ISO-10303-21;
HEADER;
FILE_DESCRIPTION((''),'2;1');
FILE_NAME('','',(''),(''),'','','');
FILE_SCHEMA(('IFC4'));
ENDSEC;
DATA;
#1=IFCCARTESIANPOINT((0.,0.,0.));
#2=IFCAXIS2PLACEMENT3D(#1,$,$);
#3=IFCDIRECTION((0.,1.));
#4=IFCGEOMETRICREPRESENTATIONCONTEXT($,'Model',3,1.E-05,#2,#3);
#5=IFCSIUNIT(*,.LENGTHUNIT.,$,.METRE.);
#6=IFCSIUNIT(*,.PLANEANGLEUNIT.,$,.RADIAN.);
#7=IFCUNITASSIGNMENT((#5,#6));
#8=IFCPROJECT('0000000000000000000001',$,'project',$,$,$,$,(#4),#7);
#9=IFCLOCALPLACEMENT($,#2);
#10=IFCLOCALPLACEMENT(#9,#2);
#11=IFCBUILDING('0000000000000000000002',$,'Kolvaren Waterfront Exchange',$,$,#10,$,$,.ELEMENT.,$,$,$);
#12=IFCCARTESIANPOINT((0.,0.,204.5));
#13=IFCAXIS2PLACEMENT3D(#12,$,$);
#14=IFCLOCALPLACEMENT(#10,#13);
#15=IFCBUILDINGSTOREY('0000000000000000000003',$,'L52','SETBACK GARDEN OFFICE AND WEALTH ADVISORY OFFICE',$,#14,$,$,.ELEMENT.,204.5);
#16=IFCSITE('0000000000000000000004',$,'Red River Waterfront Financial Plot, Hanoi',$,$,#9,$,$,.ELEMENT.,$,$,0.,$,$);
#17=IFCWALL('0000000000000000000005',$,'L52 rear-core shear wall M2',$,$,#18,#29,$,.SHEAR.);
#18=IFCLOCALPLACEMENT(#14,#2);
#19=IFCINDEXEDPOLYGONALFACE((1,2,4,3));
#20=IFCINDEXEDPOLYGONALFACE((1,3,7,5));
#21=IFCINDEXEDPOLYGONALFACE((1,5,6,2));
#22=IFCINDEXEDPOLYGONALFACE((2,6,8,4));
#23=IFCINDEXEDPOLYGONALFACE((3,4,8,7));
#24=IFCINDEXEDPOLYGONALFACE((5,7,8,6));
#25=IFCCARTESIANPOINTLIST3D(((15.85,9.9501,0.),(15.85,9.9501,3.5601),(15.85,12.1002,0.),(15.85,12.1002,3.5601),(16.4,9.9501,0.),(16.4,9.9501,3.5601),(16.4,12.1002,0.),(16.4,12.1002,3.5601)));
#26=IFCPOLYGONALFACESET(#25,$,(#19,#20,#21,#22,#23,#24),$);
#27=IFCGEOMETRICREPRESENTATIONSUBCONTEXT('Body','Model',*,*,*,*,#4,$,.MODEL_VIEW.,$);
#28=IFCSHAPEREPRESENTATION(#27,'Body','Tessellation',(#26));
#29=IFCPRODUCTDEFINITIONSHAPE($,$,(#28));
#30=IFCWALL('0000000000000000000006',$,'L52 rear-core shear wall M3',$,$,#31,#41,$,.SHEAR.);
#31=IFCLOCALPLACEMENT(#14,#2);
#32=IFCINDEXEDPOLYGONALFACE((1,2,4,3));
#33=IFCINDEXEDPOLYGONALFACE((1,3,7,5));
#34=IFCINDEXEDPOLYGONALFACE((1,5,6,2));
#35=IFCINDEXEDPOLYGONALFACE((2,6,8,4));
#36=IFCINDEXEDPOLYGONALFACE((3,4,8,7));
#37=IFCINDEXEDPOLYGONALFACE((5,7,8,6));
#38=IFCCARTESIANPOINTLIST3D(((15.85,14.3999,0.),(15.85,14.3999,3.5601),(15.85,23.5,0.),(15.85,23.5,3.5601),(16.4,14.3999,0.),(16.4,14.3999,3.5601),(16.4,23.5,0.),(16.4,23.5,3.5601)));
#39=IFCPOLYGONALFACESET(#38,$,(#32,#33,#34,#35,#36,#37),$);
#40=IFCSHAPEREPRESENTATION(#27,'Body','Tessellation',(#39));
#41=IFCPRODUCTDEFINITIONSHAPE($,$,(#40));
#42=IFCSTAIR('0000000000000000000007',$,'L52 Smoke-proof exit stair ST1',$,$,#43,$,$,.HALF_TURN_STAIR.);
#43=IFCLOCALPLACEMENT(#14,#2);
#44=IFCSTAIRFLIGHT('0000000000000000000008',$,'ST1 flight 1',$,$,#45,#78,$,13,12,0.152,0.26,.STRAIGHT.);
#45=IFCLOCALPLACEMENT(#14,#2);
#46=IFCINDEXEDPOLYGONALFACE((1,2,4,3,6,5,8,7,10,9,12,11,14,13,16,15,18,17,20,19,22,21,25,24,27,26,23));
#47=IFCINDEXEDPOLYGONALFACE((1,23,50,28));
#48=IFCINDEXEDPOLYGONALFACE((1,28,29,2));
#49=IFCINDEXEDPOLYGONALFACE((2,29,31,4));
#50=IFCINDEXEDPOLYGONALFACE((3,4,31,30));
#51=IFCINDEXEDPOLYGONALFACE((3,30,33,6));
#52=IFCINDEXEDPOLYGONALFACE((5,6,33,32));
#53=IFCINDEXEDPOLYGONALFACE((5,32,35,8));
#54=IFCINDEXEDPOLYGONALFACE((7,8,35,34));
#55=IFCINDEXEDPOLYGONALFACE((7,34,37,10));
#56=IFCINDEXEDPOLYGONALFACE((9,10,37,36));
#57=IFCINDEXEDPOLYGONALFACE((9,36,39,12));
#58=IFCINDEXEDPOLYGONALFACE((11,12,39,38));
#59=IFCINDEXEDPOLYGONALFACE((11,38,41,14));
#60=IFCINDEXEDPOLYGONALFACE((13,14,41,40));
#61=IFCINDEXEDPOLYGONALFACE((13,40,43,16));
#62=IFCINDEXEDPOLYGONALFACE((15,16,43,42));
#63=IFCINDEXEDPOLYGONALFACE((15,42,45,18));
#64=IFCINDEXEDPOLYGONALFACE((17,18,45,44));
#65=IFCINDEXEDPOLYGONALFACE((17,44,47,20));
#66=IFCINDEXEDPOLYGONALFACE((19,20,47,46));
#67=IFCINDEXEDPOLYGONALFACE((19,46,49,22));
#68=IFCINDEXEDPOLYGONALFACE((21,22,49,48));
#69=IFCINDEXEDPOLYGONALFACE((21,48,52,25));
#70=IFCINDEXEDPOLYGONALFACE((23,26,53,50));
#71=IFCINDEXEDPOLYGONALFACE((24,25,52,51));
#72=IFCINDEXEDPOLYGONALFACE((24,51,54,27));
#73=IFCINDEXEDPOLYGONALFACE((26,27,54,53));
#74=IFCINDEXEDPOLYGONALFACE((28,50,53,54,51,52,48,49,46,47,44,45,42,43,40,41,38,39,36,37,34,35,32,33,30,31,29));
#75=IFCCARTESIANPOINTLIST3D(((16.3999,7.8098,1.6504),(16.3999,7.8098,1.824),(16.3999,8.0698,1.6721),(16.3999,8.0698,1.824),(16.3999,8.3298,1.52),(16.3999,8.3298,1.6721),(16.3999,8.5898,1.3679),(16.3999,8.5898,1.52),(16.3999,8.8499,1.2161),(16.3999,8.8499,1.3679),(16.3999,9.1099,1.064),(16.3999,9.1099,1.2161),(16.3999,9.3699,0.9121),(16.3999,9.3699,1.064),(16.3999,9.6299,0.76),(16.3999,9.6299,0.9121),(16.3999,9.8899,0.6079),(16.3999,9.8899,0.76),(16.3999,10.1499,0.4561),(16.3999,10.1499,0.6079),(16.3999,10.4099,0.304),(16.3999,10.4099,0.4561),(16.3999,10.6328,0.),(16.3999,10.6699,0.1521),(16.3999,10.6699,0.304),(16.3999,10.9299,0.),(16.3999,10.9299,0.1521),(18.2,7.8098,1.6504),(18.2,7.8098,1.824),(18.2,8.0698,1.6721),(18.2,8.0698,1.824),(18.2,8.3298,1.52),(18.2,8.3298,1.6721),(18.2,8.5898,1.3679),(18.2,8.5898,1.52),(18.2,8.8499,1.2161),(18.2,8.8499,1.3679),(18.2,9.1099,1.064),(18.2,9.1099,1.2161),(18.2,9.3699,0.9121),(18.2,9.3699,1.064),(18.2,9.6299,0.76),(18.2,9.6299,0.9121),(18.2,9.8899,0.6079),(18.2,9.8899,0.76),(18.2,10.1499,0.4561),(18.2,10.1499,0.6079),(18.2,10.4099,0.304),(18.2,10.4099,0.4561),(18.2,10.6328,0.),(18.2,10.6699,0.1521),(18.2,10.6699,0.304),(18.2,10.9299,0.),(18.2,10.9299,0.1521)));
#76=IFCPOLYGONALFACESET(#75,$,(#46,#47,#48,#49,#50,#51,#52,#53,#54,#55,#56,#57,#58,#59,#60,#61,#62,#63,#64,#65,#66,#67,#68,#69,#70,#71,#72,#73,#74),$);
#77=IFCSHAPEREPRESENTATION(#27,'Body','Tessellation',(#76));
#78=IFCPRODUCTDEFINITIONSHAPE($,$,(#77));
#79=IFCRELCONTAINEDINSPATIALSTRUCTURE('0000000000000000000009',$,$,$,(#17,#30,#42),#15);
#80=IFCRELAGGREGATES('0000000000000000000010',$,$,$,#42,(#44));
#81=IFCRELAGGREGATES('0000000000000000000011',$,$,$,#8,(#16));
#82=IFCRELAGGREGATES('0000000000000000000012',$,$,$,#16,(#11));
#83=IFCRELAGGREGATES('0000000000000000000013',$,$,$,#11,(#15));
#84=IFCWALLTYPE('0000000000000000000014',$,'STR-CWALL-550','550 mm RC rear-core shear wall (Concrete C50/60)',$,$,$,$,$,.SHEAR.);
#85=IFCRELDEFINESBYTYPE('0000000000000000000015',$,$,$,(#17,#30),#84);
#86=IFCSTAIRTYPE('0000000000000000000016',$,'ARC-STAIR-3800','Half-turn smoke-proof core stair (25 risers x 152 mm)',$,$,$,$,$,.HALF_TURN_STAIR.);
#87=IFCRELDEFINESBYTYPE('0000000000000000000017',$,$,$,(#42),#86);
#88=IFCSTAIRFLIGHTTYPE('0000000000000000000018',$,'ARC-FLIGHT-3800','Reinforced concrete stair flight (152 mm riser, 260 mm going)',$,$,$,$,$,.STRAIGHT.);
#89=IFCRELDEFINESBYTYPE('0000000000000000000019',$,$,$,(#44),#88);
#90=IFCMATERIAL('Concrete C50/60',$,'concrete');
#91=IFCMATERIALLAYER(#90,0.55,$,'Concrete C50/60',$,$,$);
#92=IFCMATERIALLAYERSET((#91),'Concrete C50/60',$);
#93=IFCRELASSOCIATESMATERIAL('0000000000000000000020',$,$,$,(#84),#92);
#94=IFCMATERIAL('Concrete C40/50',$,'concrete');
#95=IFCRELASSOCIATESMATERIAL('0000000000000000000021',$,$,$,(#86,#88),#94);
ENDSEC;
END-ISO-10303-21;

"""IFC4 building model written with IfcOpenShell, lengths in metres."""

from ifc_helpers import new_model, si_unit, direction, frame, frame_2d, origin, place, context, subcontext, project, spatial, polyline, rectangle, outline, extrude, material, layer, layer_set, type_object, element, aggregate, save


model = new_model("IFC4")

# Units and contexts
model_context = context("Model", 3, precision=1e-05, world=origin(), true_north=direction((0.0, 1.0)))
body_context = subcontext(model_context, "Body", "Model", "MODEL_VIEW")
ifc_project = project(units=[si_unit("LENGTHUNIT", "METRE"), si_unit("PLANEANGLEUNIT", "RADIAN")], contexts=[model_context])

# Site, building, storey
site_placement = place(None, origin())
site = spatial("IfcSite", under=ifc_project, at=site_placement, Name="Red River Waterfront Financial Plot, Hanoi", CompositionType="ELEMENT", RefElevation=0.0)
building_placement = place(site_placement, origin())
building = spatial("IfcBuilding", under=site, at=building_placement, Name="Kolvaren Waterfront Exchange", CompositionType="ELEMENT")
storey_placement = place(building_placement, frame((0.0, 0.0, 204.5)))
storey = spatial("IfcBuildingStorey", under=building, at=storey_placement, Name="L52", Description="SETBACK GARDEN OFFICE AND WEALTH ADVISORY OFFICE", CompositionType="ELEMENT", Elevation=204.5)

# Walls
ifc_material_1 = material(Name="Concrete C40/50", Category="concrete")
ifc_material_2 = material(Name="Concrete C50/60", Category="concrete")
ifc_layer_1 = layer(ifc_material_2, 0.55, Name="Concrete C50/60")
ifc_layer_set_1 = layer_set([ifc_layer_1], Name="Concrete C50/60")
wall_type_1 = type_object("IfcWallType", Name="STR-CWALL-550", Description="550 mm RC rear-core shear wall (Concrete C50/60)", PredefinedType="SHEAR", material=ifc_layer_set_1)
wall_1_placement = place(storey_placement, frame((16.125, 9.95, 0.0), z_axis=(0.0, 0.0, 1.0), x_axis=(0.0, 1.0, 0.0)))
element("IfcWall", 1, at=wall_1_placement, inside=storey, type_object=wall_type_1, Name="L52 rear-core shear wall M2", PredefinedType="SHEAR", context=body_context, shape_type="SweptSolid", body=[
    extrude(rectangle(XDim=2.1501, YDim=0.55, at=frame_2d((1.0752, 0.0))), origin(), (0.0, 0.0, 1.0), 3.5601),
])
wall_2_placement = place(storey_placement, frame((16.125, 14.3999, 0.0), z_axis=(0.0, 0.0, 1.0), x_axis=(0.0, 1.0, 0.0)))
element("IfcWall", 2, at=wall_2_placement, inside=storey, type_object=wall_type_1, Name="L52 rear-core shear wall M3", PredefinedType="SHEAR", context=body_context, shape_type="SweptSolid", body=[
    extrude(rectangle(XDim=9.1001, YDim=0.55, at=frame_2d((4.55, 0.0))), origin(), (0.0, 0.0, 1.0), 3.5601),
])

# Stair, stair flight
stair_type = type_object("IfcStairType", Name="ARC-STAIR-3800", Description="Half-turn smoke-proof core stair (25 risers x 152 mm)", PredefinedType="HALF_TURN_STAIR", material=ifc_material_1)
stair_placement = place(storey_placement, origin())
stair = element("IfcStair", 3, at=stair_placement, inside=storey, type_object=stair_type, Name="L52 Smoke-proof exit stair ST1", PredefinedType="HALF_TURN_STAIR")
stair_flight_type = type_object("IfcStairFlightType", Name="ARC-FLIGHT-3800", Description="Reinforced concrete stair flight (152 mm riser, 260 mm going)", PredefinedType="STRAIGHT", material=ifc_material_1)
stair_flight_placement = place(storey_placement, frame((17.3, 10.9299, 0.0), z_axis=(0.0, 0.0, 1.0), x_axis=(0.0, -1.0, 0.0)))
stair_flight = element("IfcStairFlight", 4, at=stair_flight_placement, type_object=stair_flight_type, Name="ST1 flight 1", NumberOfRisers=13, NumberOfTreads=12, PredefinedType="STRAIGHT", RiserHeight=0.152, TreadLength=0.26, context=body_context, shape_type="SweptSolid", body=[
    extrude(outline(polyline([(0.0, 0.0), (0.0, 0.1521), (0.26, 0.1521), (0.26, 0.304), (0.52, 0.304), (0.52, 0.4561), (0.78, 0.4561), (0.78, 0.6079), (1.04, 0.6079), (1.04, 0.76), (1.3, 0.76), (1.3, 0.9121), (1.5601, 0.9121), (1.5601, 1.064), (1.8201, 1.064), (1.8201, 1.2161), (2.0801, 1.2161), (2.0801, 1.3679), (2.3401, 1.3679), (2.3401, 1.52), (2.6001, 1.52), (2.6001, 1.6721), (2.8601, 1.6721), (2.8601, 1.824), (3.1201, 1.824), (3.1201, 1.9761), (3.1201, 1.6504), (0.2971, 0.0), (0.0, 0.0)])), frame((0.0, 0.8999, 0.0), z_axis=(0.0, -1.0, 0.0), x_axis=(1.0, 0.0, 0.0)), (0.0, 0.0, 1.0), 1.8),
])
aggregate(stair, [stair_flight])

save(model, "model.ifc")
